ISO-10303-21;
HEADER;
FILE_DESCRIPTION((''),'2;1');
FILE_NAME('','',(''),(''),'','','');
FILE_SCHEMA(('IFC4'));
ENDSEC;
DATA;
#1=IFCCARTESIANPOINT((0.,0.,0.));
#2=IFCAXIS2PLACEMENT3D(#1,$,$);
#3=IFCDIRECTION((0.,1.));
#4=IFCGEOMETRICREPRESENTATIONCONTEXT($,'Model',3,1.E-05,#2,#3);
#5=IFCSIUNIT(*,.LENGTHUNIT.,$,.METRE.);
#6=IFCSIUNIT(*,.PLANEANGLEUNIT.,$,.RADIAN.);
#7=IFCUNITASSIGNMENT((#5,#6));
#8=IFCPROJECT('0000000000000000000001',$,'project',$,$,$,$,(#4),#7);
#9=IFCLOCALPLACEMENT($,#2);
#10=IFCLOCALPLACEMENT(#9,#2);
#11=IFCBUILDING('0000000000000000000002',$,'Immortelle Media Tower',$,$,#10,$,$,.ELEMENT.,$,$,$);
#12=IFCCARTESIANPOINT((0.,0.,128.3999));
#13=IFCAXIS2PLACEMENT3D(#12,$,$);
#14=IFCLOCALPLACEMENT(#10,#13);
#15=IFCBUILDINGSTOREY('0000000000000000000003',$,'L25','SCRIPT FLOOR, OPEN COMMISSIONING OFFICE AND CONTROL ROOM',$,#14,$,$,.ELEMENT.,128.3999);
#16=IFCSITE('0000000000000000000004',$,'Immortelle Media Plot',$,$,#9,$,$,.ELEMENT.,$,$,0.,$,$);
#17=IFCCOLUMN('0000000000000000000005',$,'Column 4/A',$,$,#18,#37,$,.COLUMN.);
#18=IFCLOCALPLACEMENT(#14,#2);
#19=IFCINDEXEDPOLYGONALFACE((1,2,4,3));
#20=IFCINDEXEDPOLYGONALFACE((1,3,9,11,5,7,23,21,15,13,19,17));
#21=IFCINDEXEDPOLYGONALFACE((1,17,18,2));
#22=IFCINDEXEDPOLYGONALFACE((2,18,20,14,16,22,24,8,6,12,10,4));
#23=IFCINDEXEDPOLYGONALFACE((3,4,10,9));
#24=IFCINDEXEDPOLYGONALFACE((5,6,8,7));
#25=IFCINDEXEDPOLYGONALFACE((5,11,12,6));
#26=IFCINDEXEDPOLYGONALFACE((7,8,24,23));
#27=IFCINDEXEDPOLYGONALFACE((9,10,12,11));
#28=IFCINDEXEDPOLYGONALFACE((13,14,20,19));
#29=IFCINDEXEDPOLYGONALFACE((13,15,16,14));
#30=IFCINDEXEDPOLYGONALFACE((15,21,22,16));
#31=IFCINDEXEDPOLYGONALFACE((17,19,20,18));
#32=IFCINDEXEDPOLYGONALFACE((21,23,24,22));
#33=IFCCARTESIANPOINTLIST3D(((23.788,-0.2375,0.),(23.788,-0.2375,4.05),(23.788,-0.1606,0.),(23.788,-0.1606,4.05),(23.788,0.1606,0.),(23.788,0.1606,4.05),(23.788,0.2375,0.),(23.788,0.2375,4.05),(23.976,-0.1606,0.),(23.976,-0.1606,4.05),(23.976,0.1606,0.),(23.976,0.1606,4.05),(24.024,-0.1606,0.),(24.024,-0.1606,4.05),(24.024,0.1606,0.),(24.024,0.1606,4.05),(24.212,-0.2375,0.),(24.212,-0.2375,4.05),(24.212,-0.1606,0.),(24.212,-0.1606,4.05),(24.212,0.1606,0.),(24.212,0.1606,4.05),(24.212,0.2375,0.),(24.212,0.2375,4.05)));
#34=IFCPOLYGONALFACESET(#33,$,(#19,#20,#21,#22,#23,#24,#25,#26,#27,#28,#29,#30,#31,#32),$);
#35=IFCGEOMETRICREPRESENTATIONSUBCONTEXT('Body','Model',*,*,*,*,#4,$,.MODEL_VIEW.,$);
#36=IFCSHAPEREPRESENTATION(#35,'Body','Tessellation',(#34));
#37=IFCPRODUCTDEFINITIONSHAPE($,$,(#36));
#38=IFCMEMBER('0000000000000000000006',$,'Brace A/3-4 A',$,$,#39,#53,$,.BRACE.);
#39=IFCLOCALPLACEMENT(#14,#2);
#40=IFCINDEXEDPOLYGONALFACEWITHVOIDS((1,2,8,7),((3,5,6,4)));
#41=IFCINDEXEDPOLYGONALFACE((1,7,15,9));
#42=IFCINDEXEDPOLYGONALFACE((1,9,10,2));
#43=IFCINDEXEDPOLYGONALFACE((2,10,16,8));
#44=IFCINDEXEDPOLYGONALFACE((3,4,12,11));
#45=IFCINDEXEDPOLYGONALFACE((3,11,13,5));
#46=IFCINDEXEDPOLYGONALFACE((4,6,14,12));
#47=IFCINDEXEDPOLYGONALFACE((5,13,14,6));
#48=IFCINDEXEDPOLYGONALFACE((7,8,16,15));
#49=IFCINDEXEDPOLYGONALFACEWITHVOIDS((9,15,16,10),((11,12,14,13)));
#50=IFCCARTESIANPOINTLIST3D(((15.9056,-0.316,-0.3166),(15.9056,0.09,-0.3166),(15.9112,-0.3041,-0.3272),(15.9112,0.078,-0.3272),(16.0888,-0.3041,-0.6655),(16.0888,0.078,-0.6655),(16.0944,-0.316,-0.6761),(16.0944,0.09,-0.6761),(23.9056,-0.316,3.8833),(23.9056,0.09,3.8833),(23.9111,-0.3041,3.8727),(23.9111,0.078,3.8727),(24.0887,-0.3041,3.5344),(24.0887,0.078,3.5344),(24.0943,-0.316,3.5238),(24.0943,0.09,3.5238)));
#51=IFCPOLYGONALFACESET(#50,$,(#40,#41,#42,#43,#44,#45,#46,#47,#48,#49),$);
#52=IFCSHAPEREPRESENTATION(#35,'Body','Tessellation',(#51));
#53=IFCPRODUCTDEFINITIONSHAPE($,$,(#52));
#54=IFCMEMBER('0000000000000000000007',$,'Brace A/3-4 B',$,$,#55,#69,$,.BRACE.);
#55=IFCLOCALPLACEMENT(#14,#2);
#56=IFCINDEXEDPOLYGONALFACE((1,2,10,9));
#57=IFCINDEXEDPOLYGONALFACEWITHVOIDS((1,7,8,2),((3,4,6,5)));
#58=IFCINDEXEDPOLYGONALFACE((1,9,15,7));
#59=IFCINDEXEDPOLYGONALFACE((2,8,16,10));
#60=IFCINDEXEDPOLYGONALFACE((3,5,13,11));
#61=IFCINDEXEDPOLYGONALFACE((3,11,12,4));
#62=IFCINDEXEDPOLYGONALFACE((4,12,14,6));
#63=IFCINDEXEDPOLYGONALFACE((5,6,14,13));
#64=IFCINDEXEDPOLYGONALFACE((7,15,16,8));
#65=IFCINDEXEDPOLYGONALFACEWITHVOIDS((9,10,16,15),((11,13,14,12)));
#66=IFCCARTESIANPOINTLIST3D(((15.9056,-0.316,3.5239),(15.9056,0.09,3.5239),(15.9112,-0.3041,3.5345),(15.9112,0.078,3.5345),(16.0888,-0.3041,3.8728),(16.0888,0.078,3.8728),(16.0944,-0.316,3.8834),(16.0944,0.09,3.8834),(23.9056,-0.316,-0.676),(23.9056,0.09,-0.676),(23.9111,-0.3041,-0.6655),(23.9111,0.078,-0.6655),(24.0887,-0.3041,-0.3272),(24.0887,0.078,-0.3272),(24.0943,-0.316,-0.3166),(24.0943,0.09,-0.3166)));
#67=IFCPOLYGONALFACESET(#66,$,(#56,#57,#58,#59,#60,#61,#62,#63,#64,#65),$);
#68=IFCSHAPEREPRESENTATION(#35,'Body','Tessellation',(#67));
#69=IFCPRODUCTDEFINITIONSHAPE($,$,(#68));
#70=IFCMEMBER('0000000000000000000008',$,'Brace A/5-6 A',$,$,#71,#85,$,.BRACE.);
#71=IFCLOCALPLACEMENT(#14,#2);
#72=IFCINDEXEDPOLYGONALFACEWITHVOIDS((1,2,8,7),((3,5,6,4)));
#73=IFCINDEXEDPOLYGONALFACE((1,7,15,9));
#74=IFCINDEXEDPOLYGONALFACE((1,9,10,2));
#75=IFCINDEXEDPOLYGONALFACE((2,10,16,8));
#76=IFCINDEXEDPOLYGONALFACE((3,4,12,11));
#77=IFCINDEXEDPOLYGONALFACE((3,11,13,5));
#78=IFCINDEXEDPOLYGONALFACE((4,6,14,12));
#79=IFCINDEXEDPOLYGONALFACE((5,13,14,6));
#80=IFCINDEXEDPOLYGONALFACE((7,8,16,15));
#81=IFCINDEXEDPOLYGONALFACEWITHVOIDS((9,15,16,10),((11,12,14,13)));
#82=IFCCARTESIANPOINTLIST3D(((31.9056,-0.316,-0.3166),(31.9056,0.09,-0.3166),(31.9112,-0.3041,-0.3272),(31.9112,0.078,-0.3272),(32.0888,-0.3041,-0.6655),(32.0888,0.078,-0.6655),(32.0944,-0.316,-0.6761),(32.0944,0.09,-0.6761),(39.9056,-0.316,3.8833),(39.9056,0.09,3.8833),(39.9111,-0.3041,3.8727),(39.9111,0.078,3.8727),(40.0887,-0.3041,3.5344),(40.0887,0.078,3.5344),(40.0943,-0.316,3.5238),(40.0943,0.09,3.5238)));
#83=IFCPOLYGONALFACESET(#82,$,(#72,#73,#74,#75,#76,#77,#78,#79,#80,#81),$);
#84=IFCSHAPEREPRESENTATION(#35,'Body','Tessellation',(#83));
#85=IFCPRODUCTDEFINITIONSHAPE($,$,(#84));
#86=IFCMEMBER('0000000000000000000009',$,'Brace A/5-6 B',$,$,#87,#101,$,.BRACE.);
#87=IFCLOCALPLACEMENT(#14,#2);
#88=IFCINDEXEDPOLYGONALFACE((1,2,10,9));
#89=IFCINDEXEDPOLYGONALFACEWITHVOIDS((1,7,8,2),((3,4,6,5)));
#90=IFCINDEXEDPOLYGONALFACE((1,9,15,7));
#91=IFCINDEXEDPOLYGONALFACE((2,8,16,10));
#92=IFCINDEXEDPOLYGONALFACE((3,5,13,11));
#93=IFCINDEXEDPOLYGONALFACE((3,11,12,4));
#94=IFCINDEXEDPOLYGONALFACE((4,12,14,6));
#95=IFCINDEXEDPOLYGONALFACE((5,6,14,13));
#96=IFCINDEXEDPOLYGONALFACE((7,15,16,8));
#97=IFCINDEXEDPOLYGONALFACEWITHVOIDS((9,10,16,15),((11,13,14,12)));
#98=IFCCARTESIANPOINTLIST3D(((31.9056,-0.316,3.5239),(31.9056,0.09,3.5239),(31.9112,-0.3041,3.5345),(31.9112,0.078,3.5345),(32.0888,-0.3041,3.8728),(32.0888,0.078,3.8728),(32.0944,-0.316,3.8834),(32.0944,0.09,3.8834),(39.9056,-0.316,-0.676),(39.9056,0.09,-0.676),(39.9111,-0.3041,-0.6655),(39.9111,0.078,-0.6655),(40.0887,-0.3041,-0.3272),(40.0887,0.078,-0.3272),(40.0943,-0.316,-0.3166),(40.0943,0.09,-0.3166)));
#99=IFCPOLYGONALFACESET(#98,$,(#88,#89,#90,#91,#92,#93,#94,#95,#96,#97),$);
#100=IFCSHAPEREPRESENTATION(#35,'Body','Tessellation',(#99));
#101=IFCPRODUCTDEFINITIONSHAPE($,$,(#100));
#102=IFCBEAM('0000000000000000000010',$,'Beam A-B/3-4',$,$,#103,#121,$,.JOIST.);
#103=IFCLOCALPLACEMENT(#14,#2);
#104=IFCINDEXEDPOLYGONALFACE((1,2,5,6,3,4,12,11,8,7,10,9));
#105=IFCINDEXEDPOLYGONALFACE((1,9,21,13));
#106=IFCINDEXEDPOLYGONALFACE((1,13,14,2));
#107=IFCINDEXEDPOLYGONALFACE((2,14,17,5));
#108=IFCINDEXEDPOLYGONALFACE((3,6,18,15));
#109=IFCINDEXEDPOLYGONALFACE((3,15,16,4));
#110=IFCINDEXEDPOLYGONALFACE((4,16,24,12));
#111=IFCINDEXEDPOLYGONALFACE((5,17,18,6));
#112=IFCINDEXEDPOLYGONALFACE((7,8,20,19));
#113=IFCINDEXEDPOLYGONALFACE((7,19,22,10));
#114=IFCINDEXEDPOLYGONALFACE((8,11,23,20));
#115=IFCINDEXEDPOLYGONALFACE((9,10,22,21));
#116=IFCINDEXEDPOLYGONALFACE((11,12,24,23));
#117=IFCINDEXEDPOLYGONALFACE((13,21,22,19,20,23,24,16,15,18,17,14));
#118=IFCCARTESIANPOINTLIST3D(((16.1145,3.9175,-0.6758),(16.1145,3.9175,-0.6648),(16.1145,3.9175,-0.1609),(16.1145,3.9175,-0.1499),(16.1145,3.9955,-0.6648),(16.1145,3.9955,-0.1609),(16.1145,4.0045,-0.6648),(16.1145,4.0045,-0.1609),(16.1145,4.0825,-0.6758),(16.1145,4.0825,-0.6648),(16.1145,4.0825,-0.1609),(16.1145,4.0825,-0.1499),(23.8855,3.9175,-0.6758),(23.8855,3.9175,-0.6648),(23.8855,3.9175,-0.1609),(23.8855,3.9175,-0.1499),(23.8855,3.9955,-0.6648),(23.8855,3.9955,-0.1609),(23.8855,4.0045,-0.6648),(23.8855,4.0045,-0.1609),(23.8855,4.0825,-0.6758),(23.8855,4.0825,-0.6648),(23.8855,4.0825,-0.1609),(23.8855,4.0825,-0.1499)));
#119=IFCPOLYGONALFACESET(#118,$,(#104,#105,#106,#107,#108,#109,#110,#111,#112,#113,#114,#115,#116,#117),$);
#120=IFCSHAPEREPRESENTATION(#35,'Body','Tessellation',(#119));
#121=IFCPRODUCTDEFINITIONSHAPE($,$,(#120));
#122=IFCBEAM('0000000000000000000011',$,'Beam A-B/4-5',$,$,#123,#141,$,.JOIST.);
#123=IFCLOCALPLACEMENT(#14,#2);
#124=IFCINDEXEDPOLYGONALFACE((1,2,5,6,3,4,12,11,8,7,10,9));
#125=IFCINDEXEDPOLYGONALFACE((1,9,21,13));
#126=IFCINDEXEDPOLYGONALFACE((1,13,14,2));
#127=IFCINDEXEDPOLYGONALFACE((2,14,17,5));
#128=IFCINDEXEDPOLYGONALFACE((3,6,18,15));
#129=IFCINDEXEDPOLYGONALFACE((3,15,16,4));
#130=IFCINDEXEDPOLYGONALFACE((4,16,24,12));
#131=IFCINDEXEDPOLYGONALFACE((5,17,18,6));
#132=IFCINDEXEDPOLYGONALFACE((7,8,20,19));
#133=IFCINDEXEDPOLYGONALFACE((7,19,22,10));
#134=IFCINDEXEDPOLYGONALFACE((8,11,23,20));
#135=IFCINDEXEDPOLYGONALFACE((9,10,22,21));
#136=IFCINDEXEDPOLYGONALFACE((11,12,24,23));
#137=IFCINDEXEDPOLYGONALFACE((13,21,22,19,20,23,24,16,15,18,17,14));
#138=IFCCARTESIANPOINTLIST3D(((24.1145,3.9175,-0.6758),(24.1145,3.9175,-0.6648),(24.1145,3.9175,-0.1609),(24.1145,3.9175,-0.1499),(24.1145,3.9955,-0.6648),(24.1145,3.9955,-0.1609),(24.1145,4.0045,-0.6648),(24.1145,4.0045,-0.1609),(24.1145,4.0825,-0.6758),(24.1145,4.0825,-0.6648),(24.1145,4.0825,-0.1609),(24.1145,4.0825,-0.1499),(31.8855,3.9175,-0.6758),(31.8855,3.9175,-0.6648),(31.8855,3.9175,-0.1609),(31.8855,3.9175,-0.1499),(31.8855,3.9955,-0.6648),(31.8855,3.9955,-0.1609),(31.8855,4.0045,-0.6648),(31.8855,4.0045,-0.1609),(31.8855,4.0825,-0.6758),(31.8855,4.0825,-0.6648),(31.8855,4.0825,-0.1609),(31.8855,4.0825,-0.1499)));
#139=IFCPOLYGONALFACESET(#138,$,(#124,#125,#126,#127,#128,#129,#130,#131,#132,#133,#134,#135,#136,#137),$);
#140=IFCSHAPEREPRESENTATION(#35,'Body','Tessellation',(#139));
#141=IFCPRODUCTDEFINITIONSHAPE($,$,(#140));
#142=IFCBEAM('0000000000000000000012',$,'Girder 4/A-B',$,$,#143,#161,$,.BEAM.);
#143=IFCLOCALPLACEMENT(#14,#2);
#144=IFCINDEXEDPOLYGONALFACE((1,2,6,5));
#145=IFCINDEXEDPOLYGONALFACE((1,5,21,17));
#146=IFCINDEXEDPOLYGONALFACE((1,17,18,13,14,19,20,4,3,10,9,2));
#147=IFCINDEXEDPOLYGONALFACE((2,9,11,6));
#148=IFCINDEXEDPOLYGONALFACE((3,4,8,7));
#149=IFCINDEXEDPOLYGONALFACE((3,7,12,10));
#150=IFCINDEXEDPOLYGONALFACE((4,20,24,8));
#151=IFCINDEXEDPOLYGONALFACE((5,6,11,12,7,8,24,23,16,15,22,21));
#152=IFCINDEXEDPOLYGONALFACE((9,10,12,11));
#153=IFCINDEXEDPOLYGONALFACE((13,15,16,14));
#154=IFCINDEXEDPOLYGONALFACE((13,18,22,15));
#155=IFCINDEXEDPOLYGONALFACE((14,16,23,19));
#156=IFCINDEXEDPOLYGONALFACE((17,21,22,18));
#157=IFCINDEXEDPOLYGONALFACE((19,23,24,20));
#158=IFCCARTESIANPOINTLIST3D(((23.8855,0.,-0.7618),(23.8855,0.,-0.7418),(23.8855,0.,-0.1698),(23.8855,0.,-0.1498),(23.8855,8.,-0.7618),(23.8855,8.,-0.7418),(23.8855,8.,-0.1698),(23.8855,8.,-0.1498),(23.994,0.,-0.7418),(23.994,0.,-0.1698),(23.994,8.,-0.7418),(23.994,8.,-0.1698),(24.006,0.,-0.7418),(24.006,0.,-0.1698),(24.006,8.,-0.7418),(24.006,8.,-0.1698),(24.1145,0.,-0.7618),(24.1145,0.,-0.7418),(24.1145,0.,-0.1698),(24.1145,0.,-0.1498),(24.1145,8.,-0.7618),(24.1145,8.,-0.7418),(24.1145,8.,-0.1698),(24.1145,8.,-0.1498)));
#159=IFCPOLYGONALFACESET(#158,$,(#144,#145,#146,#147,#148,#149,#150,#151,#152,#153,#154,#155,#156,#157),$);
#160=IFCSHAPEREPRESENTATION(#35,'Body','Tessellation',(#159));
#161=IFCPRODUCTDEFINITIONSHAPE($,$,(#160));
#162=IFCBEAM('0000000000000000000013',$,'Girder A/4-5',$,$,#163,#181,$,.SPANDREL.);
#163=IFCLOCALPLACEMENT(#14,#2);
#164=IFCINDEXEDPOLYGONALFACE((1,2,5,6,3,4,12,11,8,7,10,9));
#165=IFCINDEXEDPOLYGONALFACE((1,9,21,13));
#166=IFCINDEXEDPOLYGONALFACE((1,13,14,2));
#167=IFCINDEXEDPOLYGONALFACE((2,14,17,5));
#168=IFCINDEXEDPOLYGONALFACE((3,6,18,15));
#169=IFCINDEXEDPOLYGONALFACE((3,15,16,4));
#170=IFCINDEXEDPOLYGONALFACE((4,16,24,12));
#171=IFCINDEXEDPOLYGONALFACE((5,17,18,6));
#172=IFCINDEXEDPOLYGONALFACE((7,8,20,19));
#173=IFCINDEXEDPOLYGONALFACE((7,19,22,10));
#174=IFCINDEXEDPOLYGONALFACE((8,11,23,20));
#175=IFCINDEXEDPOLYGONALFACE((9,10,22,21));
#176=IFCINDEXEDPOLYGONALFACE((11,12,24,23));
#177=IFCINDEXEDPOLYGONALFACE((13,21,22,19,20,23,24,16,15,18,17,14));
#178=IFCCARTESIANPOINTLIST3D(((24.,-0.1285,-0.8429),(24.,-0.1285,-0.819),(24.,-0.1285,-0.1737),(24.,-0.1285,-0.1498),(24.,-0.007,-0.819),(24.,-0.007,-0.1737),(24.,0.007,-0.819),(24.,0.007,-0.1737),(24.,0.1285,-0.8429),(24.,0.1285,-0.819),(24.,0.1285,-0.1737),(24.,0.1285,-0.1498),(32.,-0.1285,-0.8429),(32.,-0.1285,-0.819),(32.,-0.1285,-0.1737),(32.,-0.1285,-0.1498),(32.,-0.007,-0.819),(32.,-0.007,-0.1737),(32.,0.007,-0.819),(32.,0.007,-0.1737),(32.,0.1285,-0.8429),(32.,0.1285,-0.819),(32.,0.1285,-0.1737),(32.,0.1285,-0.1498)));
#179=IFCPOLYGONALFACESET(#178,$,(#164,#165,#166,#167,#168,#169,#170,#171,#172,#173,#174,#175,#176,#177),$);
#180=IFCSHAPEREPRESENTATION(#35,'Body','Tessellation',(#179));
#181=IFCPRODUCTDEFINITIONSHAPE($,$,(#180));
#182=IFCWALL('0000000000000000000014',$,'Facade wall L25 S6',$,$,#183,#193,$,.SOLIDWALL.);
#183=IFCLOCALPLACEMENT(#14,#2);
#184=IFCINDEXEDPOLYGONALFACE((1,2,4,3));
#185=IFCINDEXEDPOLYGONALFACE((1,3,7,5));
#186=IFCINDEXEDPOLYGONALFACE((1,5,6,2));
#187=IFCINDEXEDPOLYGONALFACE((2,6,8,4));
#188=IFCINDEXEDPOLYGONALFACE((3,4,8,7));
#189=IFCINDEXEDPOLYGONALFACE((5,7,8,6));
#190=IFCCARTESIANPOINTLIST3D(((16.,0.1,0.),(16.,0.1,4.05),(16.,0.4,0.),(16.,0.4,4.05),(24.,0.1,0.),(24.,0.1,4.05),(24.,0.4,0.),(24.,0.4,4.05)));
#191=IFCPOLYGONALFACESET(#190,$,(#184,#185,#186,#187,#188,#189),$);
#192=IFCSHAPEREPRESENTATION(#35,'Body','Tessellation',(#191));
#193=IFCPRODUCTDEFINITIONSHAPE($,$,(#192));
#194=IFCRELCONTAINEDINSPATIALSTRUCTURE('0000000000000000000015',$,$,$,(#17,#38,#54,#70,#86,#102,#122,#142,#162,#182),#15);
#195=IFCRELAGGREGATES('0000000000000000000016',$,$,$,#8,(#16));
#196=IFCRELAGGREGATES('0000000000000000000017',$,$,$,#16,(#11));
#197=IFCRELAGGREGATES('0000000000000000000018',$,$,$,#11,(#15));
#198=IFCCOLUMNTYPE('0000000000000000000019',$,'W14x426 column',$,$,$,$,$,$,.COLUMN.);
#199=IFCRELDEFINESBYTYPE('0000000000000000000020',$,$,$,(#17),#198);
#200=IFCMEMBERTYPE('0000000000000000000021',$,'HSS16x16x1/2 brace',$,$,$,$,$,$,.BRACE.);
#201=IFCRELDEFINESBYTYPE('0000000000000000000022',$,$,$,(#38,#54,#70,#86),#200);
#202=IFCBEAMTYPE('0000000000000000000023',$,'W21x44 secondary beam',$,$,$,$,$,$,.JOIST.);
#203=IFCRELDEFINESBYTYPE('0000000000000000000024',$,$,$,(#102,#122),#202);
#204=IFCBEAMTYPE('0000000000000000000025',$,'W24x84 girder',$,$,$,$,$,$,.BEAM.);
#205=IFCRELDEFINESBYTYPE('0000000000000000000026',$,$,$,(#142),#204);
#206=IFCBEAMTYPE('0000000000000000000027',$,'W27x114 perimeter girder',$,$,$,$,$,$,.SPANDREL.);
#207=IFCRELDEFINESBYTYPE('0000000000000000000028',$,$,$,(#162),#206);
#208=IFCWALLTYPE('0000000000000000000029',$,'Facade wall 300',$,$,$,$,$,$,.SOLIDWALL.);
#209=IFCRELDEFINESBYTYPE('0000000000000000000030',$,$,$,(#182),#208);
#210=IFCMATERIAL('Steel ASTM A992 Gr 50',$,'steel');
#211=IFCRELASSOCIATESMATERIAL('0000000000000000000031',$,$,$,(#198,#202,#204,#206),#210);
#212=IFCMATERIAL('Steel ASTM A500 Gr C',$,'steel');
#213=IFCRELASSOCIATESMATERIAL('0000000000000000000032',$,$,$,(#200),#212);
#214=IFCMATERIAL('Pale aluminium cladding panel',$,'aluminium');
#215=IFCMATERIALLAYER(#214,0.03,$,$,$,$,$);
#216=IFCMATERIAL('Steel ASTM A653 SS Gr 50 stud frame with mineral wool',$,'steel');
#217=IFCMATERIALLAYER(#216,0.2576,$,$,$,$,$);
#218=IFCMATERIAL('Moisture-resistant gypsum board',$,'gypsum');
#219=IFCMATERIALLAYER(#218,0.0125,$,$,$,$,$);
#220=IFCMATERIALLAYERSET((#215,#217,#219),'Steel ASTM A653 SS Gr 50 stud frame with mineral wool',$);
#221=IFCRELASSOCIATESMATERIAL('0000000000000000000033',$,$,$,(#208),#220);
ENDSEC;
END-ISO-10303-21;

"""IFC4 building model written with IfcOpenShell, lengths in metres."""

from ifc_helpers import new_model, si_unit, direction, frame, frame_2d, origin, origin_2d, place, context, subcontext, project, spatial, rectangle, hollow_rectangle, i_section, extrude, material, layer, layer_set, material_profile, profile_set, type_object, element, save


model = new_model("IFC4")

# Units and contexts
model_context = context("Model", 3, precision=1e-05, world=origin(), true_north=direction((0.0, 1.0)))
body_context = subcontext(model_context, "Body", "Model", "MODEL_VIEW")
ifc_project = project(units=[si_unit("LENGTHUNIT", "METRE"), si_unit("PLANEANGLEUNIT", "RADIAN")], contexts=[model_context])

# Site, building, storey
site_placement = place(None, origin())
site = spatial("IfcSite", under=ifc_project, at=site_placement, Name="Immortelle Media Plot", CompositionType="ELEMENT", RefElevation=0.0)
building_placement = place(site_placement, origin())
building = spatial("IfcBuilding", under=site, at=building_placement, Name="Immortelle Media Tower", CompositionType="ELEMENT")
storey_placement = place(building_placement, frame((0.0, 0.0, 128.3999)))
storey = spatial("IfcBuildingStorey", under=building, at=storey_placement, Name="L25", Description="SCRIPT FLOOR, OPEN COMMISSIONING OFFICE AND CONTROL ROOM", CompositionType="ELEMENT", Elevation=128.3999)

# Column
ifc_material_1 = material(Name="Steel ASTM A992 Gr 50", Category="steel")
ifc_material_profile_1 = material_profile(ifc_material_1, i_section(OverallWidth=0.4241, OverallDepth=0.4751, WebThickness=0.0481, FlangeThickness=0.0769, at=origin_2d()), Name="W14x426")
ifc_profile_set_1 = profile_set([ifc_material_profile_1], Name="Steel ASTM A992 Gr 50")
column_type = type_object("IfcColumnType", Name="W14x426 column", PredefinedType="COLUMN", material=ifc_profile_set_1)
column_placement = place(storey_placement, frame((24.0, 0.0, 0.0), z_axis=(0.0, 0.0, 1.0), x_axis=(1.0, 0.0, 0.0)))
element("IfcColumn", 1, at=column_placement, inside=storey, type_object=column_type, Name="Column 4/A", PredefinedType="COLUMN", context=body_context, shape_type="SweptSolid", body=[
    extrude(i_section(OverallWidth=0.4241, OverallDepth=0.4751, WebThickness=0.0481, FlangeThickness=0.0769, at=origin_2d()), origin(), (0.0, 0.0, 1.0), 4.05),
])

# Members
ifc_material_2 = material(Name="Steel ASTM A500 Gr C", Category="steel")
ifc_material_profile_2 = material_profile(ifc_material_2, hollow_rectangle(XDim=0.406, YDim=0.406, WallThickness=0.012, at=origin_2d()), Name="HSS16x16x1/2 brace")
ifc_profile_set_2 = profile_set([ifc_material_profile_2], Name="Steel ASTM A500 Gr C")
member_type = type_object("IfcMemberType", Name="HSS16x16x1/2 brace", PredefinedType="BRACE", material=ifc_profile_set_2)
for number, where, z_axis, x_axis, name in (
    (2, (16.0, -0.113, -0.4963), (0.8854, 0.0, 0.46483), (0.0, 1.0, 0.0), "Brace A/3-4 A"),
    (3, (16.0, -0.113, 3.7036), (0.8854, 0.0, -0.46483), (0.0, 1.0, 0.0), "Brace A/3-4 B"),
    (4, (32.0, -0.113, -0.4963), (0.8854, 0.0, 0.46483), (0.0, 1.0, 0.0), "Brace A/5-6 A"),
    (5, (32.0, -0.113, 3.7036), (0.8854, 0.0, -0.46483), (0.0, 1.0, 0.0), "Brace A/5-6 B"),
):
    element("IfcMember", number, at=place(storey_placement, frame(where, z_axis=z_axis, x_axis=x_axis)), inside=storey, type_object=member_type, Name=name, PredefinedType="BRACE", context=body_context, shape_type="SweptSolid", body=[
        extrude(hollow_rectangle(XDim=0.406, YDim=0.406, WallThickness=0.012, at=origin_2d()), origin(), (0.0, 0.0, 1.0), 9.0354),
    ])

# Beams
ifc_material_profile_3 = material_profile(ifc_material_1, i_section(OverallWidth=0.165, OverallDepth=0.5259, WebThickness=0.009, FlangeThickness=0.011, at=origin_2d()), Name="W21x44")
ifc_profile_set_3 = profile_set([ifc_material_profile_3], Name="Steel ASTM A992 Gr 50")
beam_type_1 = type_object("IfcBeamType", Name="W21x44 secondary beam", PredefinedType="JOIST", material=ifc_profile_set_3)
for number, where, z_axis, x_axis, name in (
    (6, (16.1145, 4.0, -0.4128), (1.0, 0.0, 0.0), (0.0, 1.0, 0.0), "Beam A-B/3-4"),
    (7, (24.1145, 4.0, -0.4128), (1.0, 0.0, 0.0), (0.0, 1.0, 0.0), "Beam A-B/4-5"),
):
    element("IfcBeam", number, at=place(storey_placement, frame(where, z_axis=z_axis, x_axis=x_axis)), inside=storey, type_object=beam_type_1, Name=name, PredefinedType="JOIST", context=body_context, shape_type="SweptSolid", body=[
        extrude(i_section(OverallWidth=0.165, OverallDepth=0.5259, WebThickness=0.009, FlangeThickness=0.011, at=origin_2d()), origin(), (0.0, 0.0, 1.0), 7.771),
    ])
ifc_material_profile_4 = material_profile(ifc_material_1, i_section(OverallWidth=0.229, OverallDepth=0.6121, WebThickness=0.012, FlangeThickness=0.02, at=origin_2d()), Name="W24x84")
ifc_profile_set_4 = profile_set([ifc_material_profile_4], Name="Steel ASTM A992 Gr 50")
beam_type_2 = type_object("IfcBeamType", Name="W24x84 girder", PredefinedType="BEAM", material=ifc_profile_set_4)
beam_1_placement = place(storey_placement, frame((24.0, 0.0, -0.4558), z_axis=(0.0, 1.0, 0.0), x_axis=(-1.0, 0.0, 0.0)))
element("IfcBeam", 8, at=beam_1_placement, inside=storey, type_object=beam_type_2, Name="Girder 4/A-B", PredefinedType="BEAM", context=body_context, shape_type="SweptSolid", body=[
    extrude(i_section(OverallWidth=0.229, OverallDepth=0.6121, WebThickness=0.012, FlangeThickness=0.02, at=origin_2d()), origin(), (0.0, 0.0, 1.0), 8.0),
])
ifc_material_profile_5 = material_profile(ifc_material_1, i_section(OverallWidth=0.2571, OverallDepth=0.6931, WebThickness=0.0139, FlangeThickness=0.0239, at=origin_2d()), Name="W27x114")
ifc_profile_set_5 = profile_set([ifc_material_profile_5], Name="Steel ASTM A992 Gr 50")
beam_type_3 = type_object("IfcBeamType", Name="W27x114 perimeter girder", PredefinedType="SPANDREL", material=ifc_profile_set_5)
beam_2_placement = place(storey_placement, frame((24.0, 0.0, -0.4963), z_axis=(1.0, 0.0, 0.0), x_axis=(0.0, 1.0, 0.0)))
element("IfcBeam", 9, at=beam_2_placement, inside=storey, type_object=beam_type_3, Name="Girder A/4-5", PredefinedType="SPANDREL", context=body_context, shape_type="SweptSolid", body=[
    extrude(i_section(OverallWidth=0.2571, OverallDepth=0.6931, WebThickness=0.0139, FlangeThickness=0.0239, at=origin_2d()), origin(), (0.0, 0.0, 1.0), 8.0),
])

# Wall
ifc_material_3 = material(Name="Pale aluminium cladding panel", Category="aluminium")
ifc_layer_1 = layer(ifc_material_3, 0.03)
ifc_material_4 = material(Name="Steel ASTM A653 SS Gr 50 stud frame with mineral wool", Category="steel")
ifc_layer_2 = layer(ifc_material_4, 0.2576)
ifc_material_5 = material(Name="Moisture-resistant gypsum board", Category="gypsum")
ifc_layer_3 = layer(ifc_material_5, 0.0125)
ifc_layer_set_1 = layer_set([ifc_layer_1, ifc_layer_2, ifc_layer_3], Name="Steel ASTM A653 SS Gr 50 stud frame with mineral wool")
wall_type_1 = type_object("IfcWallType", Name="Facade wall 300", PredefinedType="SOLIDWALL", material=ifc_layer_set_1)
wall_1_placement = place(storey_placement, frame((16.0, 0.25, 0.0), z_axis=(0.0, 0.0, 1.0), x_axis=(1.0, 0.0, 0.0)))
element("IfcWall", 10, at=wall_1_placement, inside=storey, type_object=wall_type_1, Name="Facade wall L25 S6", PredefinedType="SOLIDWALL", context=body_context, shape_type="SweptSolid", body=[
    extrude(rectangle(XDim=8.0, YDim=0.3, at=frame_2d((4.0, 0.0))), origin(), (0.0, 0.0, 1.0), 4.05),
])

save(model, "model.ifc")
